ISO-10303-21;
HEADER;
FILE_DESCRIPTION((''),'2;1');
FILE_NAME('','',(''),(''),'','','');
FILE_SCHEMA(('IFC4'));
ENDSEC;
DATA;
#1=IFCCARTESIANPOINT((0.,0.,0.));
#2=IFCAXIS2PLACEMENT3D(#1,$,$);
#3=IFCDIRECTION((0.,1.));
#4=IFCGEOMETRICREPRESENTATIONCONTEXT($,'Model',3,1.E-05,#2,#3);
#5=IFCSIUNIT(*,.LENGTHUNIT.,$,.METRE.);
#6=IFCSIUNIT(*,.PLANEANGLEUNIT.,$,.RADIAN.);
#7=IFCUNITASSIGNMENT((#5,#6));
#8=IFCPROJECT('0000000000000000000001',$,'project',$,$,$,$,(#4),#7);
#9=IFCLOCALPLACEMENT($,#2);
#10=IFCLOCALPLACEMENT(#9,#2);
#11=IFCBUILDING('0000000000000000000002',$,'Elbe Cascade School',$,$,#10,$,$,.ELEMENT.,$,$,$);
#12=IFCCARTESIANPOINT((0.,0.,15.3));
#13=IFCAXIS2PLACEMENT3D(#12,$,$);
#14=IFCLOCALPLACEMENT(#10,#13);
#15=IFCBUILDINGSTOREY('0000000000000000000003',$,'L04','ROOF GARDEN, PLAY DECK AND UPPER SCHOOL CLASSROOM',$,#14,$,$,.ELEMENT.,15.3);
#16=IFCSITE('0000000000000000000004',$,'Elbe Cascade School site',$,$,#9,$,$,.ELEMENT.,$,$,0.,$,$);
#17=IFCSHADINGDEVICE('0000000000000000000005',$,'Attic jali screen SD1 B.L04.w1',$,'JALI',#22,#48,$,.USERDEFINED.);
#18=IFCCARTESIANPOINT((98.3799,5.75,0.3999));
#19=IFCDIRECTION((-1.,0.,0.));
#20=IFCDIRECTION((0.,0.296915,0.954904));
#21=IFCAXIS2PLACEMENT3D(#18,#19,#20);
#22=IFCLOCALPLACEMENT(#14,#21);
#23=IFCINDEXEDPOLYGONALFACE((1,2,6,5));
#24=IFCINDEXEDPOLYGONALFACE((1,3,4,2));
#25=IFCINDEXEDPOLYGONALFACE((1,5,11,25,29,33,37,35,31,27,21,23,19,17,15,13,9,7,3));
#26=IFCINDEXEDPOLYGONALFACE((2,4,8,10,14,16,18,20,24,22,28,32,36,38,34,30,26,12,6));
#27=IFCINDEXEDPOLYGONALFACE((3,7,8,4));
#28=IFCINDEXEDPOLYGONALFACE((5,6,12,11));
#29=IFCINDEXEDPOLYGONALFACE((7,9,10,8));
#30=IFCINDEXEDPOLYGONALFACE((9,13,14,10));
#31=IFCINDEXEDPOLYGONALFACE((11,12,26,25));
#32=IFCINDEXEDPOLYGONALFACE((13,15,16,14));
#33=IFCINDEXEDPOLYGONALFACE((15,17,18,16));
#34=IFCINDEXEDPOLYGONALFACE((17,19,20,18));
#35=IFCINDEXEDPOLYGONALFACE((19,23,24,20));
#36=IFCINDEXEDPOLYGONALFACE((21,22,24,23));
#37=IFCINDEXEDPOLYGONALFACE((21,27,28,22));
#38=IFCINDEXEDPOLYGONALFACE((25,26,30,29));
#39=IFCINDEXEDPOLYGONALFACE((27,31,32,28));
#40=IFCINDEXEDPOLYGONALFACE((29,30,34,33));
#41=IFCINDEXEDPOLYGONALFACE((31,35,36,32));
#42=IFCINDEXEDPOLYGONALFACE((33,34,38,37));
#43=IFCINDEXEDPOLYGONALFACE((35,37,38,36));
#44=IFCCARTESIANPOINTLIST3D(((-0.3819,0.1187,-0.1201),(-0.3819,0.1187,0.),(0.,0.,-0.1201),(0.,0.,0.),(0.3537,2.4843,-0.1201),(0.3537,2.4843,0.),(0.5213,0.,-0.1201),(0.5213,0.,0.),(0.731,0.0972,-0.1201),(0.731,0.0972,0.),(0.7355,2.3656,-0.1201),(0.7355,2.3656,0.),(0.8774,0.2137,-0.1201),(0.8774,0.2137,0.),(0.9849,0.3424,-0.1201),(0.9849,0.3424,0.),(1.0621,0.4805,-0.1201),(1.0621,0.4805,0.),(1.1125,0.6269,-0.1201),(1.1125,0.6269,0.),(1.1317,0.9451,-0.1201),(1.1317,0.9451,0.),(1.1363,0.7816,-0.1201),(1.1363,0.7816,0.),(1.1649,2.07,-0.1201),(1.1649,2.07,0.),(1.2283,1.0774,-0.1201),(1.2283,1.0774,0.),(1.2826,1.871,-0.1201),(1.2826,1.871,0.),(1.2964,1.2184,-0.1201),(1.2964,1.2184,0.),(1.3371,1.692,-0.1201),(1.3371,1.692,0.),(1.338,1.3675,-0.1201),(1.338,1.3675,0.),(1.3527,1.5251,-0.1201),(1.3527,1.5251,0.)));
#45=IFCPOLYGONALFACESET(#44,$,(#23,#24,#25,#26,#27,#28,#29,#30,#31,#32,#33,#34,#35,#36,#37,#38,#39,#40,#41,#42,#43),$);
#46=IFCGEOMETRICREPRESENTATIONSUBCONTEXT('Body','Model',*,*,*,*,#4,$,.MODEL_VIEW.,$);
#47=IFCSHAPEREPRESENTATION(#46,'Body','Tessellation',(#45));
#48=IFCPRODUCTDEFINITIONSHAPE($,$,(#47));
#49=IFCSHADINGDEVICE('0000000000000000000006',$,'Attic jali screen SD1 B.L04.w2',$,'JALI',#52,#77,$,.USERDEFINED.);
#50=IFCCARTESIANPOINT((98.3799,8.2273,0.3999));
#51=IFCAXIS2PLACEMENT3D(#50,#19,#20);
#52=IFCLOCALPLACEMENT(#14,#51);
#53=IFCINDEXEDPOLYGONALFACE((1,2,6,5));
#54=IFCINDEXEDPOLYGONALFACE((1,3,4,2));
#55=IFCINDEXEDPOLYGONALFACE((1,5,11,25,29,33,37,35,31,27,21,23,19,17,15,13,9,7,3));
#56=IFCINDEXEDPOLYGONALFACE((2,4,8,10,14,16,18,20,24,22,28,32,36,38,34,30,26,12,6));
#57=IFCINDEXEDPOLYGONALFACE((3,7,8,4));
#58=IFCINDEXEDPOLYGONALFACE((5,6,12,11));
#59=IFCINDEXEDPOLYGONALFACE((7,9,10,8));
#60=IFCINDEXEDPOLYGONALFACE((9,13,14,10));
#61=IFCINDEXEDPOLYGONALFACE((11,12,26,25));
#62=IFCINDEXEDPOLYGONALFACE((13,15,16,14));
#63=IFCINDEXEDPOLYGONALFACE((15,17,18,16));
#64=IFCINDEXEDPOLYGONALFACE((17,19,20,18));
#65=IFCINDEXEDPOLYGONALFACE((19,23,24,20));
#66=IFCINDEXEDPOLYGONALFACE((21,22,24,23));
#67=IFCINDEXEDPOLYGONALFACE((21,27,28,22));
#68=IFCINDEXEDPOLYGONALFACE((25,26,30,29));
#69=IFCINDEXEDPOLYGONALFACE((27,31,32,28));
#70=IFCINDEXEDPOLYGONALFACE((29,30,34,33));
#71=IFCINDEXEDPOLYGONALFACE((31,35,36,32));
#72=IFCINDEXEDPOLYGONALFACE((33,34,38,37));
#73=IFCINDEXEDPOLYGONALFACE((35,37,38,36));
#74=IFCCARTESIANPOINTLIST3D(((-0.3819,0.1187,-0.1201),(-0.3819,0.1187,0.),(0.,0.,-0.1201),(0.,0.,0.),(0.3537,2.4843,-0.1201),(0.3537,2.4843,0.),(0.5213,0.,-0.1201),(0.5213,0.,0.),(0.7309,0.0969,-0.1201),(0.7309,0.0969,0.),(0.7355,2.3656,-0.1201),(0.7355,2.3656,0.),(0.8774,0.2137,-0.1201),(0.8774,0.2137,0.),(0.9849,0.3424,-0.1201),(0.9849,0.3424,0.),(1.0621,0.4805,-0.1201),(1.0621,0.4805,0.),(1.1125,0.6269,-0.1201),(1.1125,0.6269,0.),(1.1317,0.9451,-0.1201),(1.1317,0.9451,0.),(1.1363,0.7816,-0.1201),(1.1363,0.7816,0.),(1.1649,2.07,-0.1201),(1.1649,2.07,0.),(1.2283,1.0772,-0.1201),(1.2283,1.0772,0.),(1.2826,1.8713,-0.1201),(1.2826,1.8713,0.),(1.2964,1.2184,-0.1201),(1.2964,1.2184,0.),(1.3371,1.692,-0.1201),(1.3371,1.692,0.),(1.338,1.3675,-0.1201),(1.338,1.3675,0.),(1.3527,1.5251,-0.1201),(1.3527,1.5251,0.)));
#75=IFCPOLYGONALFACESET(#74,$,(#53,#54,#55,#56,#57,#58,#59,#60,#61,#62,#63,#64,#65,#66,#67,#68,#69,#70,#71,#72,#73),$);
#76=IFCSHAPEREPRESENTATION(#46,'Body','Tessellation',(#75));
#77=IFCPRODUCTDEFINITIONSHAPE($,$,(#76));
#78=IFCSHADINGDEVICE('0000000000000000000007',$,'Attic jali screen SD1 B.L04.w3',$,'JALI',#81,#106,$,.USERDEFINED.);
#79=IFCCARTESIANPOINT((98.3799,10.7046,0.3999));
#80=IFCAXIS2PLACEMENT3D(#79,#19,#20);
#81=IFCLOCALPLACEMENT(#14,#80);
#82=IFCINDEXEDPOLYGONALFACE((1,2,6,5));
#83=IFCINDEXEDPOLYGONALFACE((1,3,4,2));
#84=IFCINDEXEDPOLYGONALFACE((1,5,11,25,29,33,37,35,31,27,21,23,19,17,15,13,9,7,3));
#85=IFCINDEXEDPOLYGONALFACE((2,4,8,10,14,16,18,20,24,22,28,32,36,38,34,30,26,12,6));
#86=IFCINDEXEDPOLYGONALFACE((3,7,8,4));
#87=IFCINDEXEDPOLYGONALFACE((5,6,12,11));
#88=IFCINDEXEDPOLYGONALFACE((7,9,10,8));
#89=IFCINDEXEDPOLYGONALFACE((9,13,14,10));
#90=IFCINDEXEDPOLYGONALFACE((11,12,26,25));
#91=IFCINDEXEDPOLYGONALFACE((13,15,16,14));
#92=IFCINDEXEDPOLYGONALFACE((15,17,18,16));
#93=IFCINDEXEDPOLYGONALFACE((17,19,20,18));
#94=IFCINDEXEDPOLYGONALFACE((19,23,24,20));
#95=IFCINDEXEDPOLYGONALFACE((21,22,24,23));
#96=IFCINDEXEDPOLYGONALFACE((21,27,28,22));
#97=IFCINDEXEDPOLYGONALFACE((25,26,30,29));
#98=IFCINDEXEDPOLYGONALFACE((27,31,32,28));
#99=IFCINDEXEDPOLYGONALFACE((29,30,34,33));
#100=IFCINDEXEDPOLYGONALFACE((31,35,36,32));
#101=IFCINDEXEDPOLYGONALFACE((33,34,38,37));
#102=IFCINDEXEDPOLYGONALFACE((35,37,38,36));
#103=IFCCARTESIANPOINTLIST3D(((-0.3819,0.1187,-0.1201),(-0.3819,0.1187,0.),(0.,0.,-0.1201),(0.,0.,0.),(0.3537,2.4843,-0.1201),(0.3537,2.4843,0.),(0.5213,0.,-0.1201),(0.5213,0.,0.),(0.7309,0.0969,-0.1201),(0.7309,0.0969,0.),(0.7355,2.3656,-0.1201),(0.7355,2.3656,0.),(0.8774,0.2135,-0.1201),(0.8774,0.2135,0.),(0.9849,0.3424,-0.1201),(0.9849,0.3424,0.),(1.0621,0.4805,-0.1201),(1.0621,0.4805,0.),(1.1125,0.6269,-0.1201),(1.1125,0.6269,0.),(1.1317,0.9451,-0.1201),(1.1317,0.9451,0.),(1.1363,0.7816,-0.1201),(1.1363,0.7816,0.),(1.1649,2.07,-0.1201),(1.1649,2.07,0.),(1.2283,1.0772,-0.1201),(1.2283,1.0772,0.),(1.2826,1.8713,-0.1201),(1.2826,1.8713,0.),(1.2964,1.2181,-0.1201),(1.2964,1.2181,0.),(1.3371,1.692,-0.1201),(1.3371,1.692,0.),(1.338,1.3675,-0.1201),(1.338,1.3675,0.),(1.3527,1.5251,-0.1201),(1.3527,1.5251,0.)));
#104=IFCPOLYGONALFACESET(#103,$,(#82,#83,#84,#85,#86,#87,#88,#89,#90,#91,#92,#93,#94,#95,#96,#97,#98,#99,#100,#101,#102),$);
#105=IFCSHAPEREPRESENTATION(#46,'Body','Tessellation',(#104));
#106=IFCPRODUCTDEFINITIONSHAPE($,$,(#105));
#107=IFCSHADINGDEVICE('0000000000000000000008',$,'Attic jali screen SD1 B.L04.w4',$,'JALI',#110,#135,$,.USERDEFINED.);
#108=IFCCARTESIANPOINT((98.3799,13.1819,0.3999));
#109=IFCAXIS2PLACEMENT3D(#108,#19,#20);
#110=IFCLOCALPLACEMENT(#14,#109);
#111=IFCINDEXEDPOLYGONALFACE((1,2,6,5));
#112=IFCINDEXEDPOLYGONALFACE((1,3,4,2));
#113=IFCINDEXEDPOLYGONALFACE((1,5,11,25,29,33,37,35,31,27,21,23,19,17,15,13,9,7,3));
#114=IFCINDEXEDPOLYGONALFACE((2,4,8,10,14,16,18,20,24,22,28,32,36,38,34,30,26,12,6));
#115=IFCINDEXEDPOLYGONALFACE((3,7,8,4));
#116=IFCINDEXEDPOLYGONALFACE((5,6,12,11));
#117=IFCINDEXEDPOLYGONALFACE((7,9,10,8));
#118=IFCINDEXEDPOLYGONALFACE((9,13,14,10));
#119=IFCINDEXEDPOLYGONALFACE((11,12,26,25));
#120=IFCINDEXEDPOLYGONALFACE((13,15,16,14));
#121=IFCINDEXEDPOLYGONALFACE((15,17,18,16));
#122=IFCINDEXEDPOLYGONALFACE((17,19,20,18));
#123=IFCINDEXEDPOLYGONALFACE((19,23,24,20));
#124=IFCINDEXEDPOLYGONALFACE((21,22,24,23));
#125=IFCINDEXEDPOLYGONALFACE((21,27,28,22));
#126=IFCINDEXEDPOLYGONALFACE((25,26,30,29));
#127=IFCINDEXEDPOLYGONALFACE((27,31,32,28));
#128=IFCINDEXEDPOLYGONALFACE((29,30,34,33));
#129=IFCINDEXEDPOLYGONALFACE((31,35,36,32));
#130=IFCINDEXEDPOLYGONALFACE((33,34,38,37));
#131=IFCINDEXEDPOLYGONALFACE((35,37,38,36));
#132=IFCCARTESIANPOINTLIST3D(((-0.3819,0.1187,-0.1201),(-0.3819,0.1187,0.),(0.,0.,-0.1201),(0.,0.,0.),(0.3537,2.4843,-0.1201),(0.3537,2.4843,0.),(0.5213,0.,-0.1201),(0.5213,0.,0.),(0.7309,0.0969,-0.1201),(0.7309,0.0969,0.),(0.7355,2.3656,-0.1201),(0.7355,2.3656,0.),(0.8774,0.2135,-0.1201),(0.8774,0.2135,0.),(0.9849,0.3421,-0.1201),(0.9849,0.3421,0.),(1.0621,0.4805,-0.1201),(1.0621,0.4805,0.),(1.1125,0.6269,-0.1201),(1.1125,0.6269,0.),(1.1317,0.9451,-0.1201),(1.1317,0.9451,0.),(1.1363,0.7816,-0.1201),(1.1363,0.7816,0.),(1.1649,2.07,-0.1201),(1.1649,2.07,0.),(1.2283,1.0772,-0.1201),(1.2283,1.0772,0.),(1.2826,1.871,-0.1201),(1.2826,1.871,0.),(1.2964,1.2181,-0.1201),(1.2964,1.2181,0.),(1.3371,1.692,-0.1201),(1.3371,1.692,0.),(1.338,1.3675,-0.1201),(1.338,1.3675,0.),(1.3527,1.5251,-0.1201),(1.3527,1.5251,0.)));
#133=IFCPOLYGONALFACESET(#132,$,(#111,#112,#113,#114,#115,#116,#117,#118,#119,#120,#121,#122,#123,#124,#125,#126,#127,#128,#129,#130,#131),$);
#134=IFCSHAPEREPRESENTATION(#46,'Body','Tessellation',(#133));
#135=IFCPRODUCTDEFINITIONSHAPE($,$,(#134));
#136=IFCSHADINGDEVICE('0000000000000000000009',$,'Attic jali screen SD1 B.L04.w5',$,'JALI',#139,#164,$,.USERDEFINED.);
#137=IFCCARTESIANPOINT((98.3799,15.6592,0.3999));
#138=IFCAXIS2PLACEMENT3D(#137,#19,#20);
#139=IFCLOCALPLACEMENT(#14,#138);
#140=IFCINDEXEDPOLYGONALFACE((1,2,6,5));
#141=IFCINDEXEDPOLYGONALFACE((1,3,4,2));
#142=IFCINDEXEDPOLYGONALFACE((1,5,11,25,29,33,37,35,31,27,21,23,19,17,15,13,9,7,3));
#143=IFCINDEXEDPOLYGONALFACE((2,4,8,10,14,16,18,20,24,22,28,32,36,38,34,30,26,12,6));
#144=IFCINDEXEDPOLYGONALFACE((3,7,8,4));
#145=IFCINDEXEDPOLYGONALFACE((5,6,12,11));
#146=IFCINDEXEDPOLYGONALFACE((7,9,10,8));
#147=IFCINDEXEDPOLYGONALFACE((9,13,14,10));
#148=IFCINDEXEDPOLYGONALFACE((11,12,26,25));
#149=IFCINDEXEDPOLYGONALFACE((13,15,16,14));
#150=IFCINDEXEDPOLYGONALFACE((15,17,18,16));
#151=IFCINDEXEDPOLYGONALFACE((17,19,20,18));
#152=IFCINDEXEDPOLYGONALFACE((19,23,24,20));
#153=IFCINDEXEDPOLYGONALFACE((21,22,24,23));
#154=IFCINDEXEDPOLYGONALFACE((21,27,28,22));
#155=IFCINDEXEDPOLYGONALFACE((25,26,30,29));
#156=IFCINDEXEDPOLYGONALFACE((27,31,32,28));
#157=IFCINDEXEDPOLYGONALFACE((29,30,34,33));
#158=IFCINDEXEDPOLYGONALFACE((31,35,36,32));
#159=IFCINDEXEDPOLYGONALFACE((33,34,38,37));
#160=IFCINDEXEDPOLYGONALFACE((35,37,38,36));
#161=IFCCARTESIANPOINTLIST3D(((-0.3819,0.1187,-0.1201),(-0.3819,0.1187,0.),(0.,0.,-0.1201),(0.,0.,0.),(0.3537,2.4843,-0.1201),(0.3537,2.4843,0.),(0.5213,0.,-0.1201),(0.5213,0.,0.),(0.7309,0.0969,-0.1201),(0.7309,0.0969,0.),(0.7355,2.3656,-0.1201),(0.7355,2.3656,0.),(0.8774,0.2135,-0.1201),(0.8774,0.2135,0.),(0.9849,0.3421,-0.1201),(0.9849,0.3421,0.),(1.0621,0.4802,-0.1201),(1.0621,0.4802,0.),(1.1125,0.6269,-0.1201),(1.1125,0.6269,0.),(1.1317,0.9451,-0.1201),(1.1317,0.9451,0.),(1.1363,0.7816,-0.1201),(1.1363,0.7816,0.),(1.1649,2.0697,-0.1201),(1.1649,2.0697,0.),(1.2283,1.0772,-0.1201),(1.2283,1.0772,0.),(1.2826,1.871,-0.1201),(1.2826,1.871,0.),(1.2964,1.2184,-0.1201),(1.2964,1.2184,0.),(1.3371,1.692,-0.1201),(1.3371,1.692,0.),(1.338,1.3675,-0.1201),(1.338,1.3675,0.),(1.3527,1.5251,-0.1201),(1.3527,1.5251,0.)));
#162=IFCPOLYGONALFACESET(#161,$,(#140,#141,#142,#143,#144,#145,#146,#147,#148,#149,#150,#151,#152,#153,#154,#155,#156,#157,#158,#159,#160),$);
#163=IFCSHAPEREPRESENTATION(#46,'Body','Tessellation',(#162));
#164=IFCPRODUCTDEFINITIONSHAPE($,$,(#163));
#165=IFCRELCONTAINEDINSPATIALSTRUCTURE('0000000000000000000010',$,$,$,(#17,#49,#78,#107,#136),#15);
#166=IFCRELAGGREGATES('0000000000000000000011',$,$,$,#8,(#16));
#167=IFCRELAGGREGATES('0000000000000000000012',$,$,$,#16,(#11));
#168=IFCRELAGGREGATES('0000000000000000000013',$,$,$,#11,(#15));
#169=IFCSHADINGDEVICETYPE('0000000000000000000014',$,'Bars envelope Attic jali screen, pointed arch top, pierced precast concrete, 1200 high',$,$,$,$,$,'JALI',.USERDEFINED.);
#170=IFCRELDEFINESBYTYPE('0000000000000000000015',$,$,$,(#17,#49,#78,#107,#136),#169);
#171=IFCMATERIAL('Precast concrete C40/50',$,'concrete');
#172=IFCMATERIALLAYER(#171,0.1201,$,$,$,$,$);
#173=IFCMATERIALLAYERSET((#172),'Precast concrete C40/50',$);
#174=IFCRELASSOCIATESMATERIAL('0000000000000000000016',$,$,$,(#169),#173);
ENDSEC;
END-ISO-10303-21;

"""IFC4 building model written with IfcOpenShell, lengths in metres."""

from ifc_helpers import new_model, si_unit, direction, frame, origin, place, context, subcontext, project, spatial, polyline, outline, extrude, material, layer, layer_set, type_object, element, save


model = new_model("IFC4")

# Units and contexts
model_context = context("Model", 3, precision=1e-05, world=origin(), true_north=direction((0.0, 1.0)))
body_context = subcontext(model_context, "Body", "Model", "MODEL_VIEW")
ifc_project = project(units=[si_unit("LENGTHUNIT", "METRE"), si_unit("PLANEANGLEUNIT", "RADIAN")], contexts=[model_context])

# Site, building, storey
site_placement = place(None, origin())
site = spatial("IfcSite", under=ifc_project, at=site_placement, Name="Elbe Cascade School site", CompositionType="ELEMENT", RefElevation=0.0)
building_placement = place(site_placement, origin())
building = spatial("IfcBuilding", under=site, at=building_placement, Name="Elbe Cascade School", CompositionType="ELEMENT")
storey_placement = place(building_placement, frame((0.0, 0.0, 15.3)))
storey = spatial("IfcBuildingStorey", under=building, at=storey_placement, Name="L04", Description="ROOF GARDEN, PLAY DECK AND UPPER SCHOOL CLASSROOM", CompositionType="ELEMENT", Elevation=15.3)

# Shading devices
ifc_material_1 = material(Name="Precast concrete C40/50", Category="concrete")
ifc_layer_1 = layer(ifc_material_1, 0.1201)
ifc_layer_set_1 = layer_set([ifc_layer_1], Name="Precast concrete C40/50")
shading_device_type_1 = type_object("IfcShadingDeviceType", Name="Bars envelope Attic jali screen, pointed arch top, pierced precast concrete, 1200 high", ElementType="JALI", PredefinedType="USERDEFINED", material=ifc_layer_set_1)
shading_device_1_placement = place(storey_placement, frame((98.3799, 5.75, 0.3999), z_axis=(-1.0, 0.0, 0.0), x_axis=(0.0, 0.296915, 0.954904)))
element("IfcShadingDevice", 1, at=shading_device_1_placement, inside=storey, type_object=shading_device_type_1, Name="Attic jali screen SD1 B.L04.w1", ObjectType="JALI", PredefinedType="USERDEFINED", context=body_context, shape_type="SweptSolid", body=[
    extrude(outline(polyline([(0.0, 0.0), (0.5213, 0.0), (0.731, 0.0972), (0.8774, 0.2137), (0.9849, 0.3424), (1.0621, 0.4805), (1.1125, 0.6269), (1.1363, 0.7816), (1.1317, 0.9451), (1.2283, 1.0774), (1.2964, 1.2184), (1.338, 1.3675), (1.3527, 1.5251), (1.3371, 1.692), (1.2826, 1.871), (1.1649, 2.07), (0.7355, 2.3656), (0.3537, 2.4843), (-0.3819, 0.1187), (0.0, 0.0)])), origin(), (0.0, 0.0, -1.0), 0.1201),
])
shading_device_2_placement = place(storey_placement, frame((98.3799, 8.2273, 0.3999), z_axis=(-1.0, 0.0, 0.0), x_axis=(0.0, 0.296915, 0.954904)))
element("IfcShadingDevice", 2, at=shading_device_2_placement, inside=storey, type_object=shading_device_type_1, Name="Attic jali screen SD1 B.L04.w2", ObjectType="JALI", PredefinedType="USERDEFINED", context=body_context, shape_type="SweptSolid", body=[
    extrude(outline(polyline([(0.0, 0.0), (0.5213, 0.0), (0.7309, 0.0969), (0.8774, 0.2137), (0.9849, 0.3424), (1.0621, 0.4805), (1.1125, 0.6269), (1.1363, 0.7816), (1.1317, 0.9451), (1.2283, 1.0772), (1.2964, 1.2184), (1.338, 1.3675), (1.3527, 1.5251), (1.3371, 1.692), (1.2826, 1.8713), (1.1649, 2.07), (0.7355, 2.3656), (0.3537, 2.4843), (-0.3819, 0.1187), (0.0, 0.0)])), origin(), (0.0, 0.0, -1.0), 0.1201),
])
shading_device_3_placement = place(storey_placement, frame((98.3799, 10.7046, 0.3999), z_axis=(-1.0, 0.0, 0.0), x_axis=(0.0, 0.296915, 0.954904)))
element("IfcShadingDevice", 3, at=shading_device_3_placement, inside=storey, type_object=shading_device_type_1, Name="Attic jali screen SD1 B.L04.w3", ObjectType="JALI", PredefinedType="USERDEFINED", context=body_context, shape_type="SweptSolid", body=[
    extrude(outline(polyline([(0.0, 0.0), (0.5213, 0.0), (0.7309, 0.0969), (0.8774, 0.2135), (0.9849, 0.3424), (1.0621, 0.4805), (1.1125, 0.6269), (1.1363, 0.7816), (1.1317, 0.9451), (1.2283, 1.0772), (1.2964, 1.2181), (1.338, 1.3675), (1.3527, 1.5251), (1.3371, 1.692), (1.2826, 1.8713), (1.1649, 2.07), (0.7355, 2.3656), (0.3537, 2.4843), (-0.3819, 0.1187), (0.0, 0.0)])), origin(), (0.0, 0.0, -1.0), 0.1201),
])
shading_device_4_placement = place(storey_placement, frame((98.3799, 13.1819, 0.3999), z_axis=(-1.0, 0.0, 0.0), x_axis=(0.0, 0.296915, 0.954904)))
element("IfcShadingDevice", 4, at=shading_device_4_placement, inside=storey, type_object=shading_device_type_1, Name="Attic jali screen SD1 B.L04.w4", ObjectType="JALI", PredefinedType="USERDEFINED", context=body_context, shape_type="SweptSolid", body=[
    extrude(outline(polyline([(0.0, 0.0), (0.5213, 0.0), (0.7309, 0.0969), (0.8774, 0.2135), (0.9849, 0.3421), (1.0621, 0.4805), (1.1125, 0.6269), (1.1363, 0.7816), (1.1317, 0.9451), (1.2283, 1.0772), (1.2964, 1.2181), (1.338, 1.3675), (1.3527, 1.5251), (1.3371, 1.692), (1.2826, 1.871), (1.1649, 2.07), (0.7355, 2.3656), (0.3537, 2.4843), (-0.3819, 0.1187), (0.0, 0.0)])), origin(), (0.0, 0.0, -1.0), 0.1201),
])
shading_device_5_placement = place(storey_placement, frame((98.3799, 15.6592, 0.3999), z_axis=(-1.0, 0.0, 0.0), x_axis=(0.0, 0.296915, 0.954904)))
element("IfcShadingDevice", 5, at=shading_device_5_placement, inside=storey, type_object=shading_device_type_1, Name="Attic jali screen SD1 B.L04.w5", ObjectType="JALI", PredefinedType="USERDEFINED", context=body_context, shape_type="SweptSolid", body=[
    extrude(outline(polyline([(0.0, 0.0), (0.5213, 0.0), (0.7309, 0.0969), (0.8774, 0.2135), (0.9849, 0.3421), (1.0621, 0.4802), (1.1125, 0.6269), (1.1363, 0.7816), (1.1317, 0.9451), (1.2283, 1.0772), (1.2964, 1.2184), (1.338, 1.3675), (1.3527, 1.5251), (1.3371, 1.692), (1.2826, 1.871), (1.1649, 2.0697), (0.7355, 2.3656), (0.3537, 2.4843), (-0.3819, 0.1187), (0.0, 0.0)])), origin(), (0.0, 0.0, -1.0), 0.1201),
])

save(model, "model.ifc")
